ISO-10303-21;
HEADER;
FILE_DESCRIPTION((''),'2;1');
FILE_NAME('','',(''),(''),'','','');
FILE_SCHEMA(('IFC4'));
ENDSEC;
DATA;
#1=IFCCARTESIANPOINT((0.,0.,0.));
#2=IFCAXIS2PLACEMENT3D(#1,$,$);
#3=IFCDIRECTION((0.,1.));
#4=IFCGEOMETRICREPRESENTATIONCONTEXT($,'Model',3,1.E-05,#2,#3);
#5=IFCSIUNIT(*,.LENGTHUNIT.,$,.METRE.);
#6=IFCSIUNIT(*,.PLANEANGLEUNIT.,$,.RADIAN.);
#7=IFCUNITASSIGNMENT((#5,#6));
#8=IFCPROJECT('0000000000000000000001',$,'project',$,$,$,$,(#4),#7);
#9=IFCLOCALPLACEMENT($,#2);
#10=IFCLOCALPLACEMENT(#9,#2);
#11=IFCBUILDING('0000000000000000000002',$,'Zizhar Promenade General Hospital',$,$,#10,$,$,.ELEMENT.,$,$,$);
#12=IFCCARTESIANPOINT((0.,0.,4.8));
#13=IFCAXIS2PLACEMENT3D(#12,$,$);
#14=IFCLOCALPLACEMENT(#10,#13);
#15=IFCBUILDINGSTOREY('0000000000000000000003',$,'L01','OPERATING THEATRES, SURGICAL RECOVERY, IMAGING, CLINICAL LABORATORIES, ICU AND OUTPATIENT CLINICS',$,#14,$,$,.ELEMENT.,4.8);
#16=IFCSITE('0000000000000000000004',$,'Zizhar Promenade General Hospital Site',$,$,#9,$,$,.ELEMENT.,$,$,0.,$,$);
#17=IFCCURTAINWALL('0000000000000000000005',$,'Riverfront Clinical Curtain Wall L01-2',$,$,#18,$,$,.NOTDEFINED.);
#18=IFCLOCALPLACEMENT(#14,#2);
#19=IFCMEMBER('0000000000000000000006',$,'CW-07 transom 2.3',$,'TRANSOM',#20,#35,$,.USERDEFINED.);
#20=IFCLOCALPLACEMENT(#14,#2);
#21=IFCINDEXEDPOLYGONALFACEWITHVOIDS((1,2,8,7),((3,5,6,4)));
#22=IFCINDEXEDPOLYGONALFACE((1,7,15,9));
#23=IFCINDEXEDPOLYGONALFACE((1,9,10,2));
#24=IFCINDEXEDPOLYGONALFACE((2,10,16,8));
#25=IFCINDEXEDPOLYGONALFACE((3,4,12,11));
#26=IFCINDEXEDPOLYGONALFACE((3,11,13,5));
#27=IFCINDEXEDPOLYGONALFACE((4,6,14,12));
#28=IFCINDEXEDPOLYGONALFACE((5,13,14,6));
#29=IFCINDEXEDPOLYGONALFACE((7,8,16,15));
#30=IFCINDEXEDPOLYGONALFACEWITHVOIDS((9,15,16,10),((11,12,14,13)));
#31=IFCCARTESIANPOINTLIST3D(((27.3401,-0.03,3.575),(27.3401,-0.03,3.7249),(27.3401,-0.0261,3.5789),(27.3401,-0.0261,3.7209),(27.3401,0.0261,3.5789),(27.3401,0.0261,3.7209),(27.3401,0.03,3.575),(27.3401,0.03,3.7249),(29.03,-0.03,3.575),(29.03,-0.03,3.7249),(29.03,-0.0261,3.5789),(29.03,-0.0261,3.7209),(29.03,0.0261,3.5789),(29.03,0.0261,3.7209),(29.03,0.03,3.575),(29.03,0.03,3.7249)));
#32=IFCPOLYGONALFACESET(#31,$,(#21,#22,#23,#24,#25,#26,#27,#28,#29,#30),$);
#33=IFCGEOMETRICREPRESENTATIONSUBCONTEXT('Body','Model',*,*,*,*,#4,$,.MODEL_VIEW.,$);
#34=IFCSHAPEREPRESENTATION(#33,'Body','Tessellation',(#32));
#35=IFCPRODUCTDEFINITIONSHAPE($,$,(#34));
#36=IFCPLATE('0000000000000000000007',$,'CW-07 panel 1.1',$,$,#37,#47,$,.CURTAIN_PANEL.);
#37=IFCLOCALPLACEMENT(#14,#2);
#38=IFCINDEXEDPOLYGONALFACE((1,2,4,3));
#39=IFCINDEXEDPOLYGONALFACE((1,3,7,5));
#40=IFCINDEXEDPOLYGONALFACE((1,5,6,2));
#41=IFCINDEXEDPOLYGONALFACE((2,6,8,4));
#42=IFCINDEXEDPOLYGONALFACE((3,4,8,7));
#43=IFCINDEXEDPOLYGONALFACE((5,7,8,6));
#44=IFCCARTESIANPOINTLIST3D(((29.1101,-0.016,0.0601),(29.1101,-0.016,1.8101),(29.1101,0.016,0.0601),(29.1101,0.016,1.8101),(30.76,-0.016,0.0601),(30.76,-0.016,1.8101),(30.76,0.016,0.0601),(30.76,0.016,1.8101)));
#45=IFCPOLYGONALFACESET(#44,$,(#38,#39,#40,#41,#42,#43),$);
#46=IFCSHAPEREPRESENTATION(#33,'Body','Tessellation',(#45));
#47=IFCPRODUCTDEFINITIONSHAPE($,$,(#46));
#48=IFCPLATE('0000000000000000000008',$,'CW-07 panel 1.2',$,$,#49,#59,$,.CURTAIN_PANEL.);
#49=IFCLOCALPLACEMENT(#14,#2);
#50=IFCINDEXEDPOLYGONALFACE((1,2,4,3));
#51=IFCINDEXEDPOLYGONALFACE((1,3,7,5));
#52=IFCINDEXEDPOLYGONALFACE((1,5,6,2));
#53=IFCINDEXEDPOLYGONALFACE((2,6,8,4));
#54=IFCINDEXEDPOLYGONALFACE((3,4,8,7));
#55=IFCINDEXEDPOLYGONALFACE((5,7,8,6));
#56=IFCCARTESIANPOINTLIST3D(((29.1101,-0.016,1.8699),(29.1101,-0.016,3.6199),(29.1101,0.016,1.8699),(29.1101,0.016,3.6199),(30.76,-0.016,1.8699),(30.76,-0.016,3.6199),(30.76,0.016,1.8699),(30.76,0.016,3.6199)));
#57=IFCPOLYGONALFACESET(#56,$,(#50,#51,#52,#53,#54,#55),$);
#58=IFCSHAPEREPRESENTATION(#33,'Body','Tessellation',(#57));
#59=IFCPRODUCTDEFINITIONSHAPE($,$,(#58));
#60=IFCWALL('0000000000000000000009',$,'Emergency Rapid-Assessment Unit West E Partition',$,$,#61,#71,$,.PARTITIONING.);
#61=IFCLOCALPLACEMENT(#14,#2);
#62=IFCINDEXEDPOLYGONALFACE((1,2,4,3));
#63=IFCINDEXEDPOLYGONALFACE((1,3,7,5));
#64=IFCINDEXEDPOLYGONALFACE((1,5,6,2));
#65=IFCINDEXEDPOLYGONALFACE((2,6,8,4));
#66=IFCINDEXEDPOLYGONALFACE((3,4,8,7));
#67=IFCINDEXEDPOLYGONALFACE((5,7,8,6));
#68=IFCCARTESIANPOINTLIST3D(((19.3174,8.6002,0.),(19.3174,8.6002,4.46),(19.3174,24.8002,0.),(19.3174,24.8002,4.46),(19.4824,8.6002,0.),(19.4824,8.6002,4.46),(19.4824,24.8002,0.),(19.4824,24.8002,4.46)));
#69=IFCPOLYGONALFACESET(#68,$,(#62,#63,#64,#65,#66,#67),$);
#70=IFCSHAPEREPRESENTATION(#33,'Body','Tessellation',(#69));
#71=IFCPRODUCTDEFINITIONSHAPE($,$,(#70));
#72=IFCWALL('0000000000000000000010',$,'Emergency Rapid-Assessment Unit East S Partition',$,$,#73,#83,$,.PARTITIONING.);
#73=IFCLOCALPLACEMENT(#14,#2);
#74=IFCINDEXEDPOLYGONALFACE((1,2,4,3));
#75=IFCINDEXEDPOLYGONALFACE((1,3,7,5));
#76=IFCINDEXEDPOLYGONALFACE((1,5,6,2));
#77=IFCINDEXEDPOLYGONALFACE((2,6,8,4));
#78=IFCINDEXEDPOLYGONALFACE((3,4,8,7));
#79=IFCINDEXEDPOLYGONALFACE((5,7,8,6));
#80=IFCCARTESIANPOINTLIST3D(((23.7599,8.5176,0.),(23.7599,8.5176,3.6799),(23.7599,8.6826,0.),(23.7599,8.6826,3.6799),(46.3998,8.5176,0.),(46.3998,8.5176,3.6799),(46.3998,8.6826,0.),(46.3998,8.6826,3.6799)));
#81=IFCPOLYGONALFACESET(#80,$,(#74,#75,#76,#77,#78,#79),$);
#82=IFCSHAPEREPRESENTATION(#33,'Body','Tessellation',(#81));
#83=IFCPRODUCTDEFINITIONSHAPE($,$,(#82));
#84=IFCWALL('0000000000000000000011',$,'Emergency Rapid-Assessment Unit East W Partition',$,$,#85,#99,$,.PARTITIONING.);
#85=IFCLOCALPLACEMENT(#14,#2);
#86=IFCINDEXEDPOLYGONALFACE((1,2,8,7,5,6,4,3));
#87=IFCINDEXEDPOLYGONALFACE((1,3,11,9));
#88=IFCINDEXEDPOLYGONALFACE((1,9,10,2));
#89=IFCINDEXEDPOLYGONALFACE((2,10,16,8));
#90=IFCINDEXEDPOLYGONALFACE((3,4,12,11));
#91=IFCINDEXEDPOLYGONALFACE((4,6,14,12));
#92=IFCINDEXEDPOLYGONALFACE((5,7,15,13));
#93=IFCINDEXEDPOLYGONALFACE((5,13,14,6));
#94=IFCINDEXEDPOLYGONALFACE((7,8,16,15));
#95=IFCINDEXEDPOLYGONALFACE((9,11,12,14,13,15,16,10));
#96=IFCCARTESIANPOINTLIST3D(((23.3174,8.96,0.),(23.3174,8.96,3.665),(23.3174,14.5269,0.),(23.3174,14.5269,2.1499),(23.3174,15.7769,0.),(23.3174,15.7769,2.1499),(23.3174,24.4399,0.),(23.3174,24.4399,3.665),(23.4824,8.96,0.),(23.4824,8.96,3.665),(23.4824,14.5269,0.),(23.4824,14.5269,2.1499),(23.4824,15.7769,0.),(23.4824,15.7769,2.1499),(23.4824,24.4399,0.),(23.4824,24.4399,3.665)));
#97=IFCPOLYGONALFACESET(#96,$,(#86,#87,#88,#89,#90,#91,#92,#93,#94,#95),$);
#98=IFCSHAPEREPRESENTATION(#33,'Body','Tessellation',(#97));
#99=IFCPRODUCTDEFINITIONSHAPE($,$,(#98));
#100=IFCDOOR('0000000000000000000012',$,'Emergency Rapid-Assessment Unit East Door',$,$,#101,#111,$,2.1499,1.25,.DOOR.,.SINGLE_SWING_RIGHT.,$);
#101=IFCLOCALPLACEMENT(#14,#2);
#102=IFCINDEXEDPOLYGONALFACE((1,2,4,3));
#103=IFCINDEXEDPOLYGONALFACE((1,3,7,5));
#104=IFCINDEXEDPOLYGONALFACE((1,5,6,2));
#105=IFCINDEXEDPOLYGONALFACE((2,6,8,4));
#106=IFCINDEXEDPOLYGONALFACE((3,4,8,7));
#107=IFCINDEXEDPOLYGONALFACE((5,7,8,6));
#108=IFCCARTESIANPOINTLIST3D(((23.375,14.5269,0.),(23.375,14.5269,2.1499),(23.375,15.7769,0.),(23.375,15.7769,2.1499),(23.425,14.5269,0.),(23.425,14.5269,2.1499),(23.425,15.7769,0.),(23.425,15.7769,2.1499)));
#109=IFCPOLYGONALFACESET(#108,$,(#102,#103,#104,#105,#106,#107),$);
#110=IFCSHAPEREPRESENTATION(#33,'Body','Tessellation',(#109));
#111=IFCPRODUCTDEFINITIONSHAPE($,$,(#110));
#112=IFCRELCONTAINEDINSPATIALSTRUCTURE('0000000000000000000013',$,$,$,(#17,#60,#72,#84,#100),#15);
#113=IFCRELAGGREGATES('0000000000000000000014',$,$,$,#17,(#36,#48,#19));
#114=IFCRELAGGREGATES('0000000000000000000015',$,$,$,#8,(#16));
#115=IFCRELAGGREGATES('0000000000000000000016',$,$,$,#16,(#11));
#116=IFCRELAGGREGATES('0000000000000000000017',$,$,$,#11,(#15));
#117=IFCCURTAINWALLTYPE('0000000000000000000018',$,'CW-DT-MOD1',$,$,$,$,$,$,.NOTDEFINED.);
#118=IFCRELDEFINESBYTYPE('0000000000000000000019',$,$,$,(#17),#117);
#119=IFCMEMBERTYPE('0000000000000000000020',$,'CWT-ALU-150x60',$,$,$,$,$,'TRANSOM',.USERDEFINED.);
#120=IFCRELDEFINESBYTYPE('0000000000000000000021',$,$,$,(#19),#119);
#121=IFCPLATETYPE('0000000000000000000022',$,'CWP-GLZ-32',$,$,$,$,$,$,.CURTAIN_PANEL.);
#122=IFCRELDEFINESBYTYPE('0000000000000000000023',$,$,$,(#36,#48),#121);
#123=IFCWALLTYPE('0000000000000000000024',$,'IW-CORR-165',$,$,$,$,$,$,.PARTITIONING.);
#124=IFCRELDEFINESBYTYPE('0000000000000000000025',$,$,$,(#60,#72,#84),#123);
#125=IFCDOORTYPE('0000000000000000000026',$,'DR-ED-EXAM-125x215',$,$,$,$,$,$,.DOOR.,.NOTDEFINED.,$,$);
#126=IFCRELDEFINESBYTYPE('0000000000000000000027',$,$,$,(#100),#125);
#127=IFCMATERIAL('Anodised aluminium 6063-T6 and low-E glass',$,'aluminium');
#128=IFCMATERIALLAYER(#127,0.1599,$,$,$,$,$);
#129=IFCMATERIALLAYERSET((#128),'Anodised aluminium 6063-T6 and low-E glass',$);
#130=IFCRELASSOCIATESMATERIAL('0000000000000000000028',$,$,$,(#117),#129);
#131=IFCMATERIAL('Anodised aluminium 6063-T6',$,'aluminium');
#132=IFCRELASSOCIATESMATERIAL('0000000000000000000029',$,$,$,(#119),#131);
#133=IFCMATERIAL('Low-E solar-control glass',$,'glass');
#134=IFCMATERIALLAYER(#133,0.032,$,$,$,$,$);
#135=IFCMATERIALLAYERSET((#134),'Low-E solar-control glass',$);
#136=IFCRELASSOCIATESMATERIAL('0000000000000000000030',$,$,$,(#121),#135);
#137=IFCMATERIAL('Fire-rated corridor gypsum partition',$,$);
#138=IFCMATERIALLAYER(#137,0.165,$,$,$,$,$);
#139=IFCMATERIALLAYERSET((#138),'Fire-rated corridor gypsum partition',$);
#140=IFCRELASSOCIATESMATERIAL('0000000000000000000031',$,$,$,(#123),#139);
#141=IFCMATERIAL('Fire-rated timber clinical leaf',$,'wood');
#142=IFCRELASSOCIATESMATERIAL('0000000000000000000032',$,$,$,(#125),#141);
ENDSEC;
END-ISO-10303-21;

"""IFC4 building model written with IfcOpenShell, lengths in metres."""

from ifc_helpers import new_model, si_unit, direction, frame, frame_2d, origin, origin_2d, place, context, subcontext, project, spatial, rectangle, hollow_rectangle, extrude, material, layer, layer_set, material_profile, profile_set, type_object, element, fill, aggregate, save


model = new_model("IFC4")

# Units and contexts
model_context = context("Model", 3, precision=1e-05, world=origin(), true_north=direction((0.0, 1.0)))
body_context = subcontext(model_context, "Body", "Model", "MODEL_VIEW")
ifc_project = project(units=[si_unit("LENGTHUNIT", "METRE"), si_unit("PLANEANGLEUNIT", "RADIAN")], contexts=[model_context])

# Site, building, storey
site_placement = place(None, origin())
site = spatial("IfcSite", under=ifc_project, at=site_placement, Name="Zizhar Promenade General Hospital Site", CompositionType="ELEMENT", RefElevation=0.0)
building_placement = place(site_placement, origin())
building = spatial("IfcBuilding", under=site, at=building_placement, Name="Zizhar Promenade General Hospital", CompositionType="ELEMENT")
storey_placement = place(building_placement, frame((0.0, 0.0, 4.8)))
storey = spatial("IfcBuildingStorey", under=building, at=storey_placement, Name="L01", Description="OPERATING THEATRES, SURGICAL RECOVERY, IMAGING, CLINICAL LABORATORIES, ICU AND OUTPATIENT CLINICS", CompositionType="ELEMENT", Elevation=4.8)

# Curtain wall, member, plates
ifc_material_1 = material(Name="Anodised aluminium 6063-T6 and low-E glass", Category="aluminium")
ifc_layer_1 = layer(ifc_material_1, 0.1599)
ifc_layer_set_1 = layer_set([ifc_layer_1], Name="Anodised aluminium 6063-T6 and low-E glass")
curtain_wall_type = type_object("IfcCurtainWallType", Name="CW-DT-MOD1", PredefinedType="NOTDEFINED", material=ifc_layer_set_1)
curtain_wall_placement = place(storey_placement, origin())
curtain_wall = element("IfcCurtainWall", 1, at=curtain_wall_placement, inside=storey, type_object=curtain_wall_type, Name="Riverfront Clinical Curtain Wall L01-2", PredefinedType="NOTDEFINED")
ifc_material_2 = material(Name="Anodised aluminium 6063-T6", Category="aluminium")
ifc_material_profile_1 = material_profile(ifc_material_2, hollow_rectangle(XDim=0.0601, YDim=0.1499, WallThickness=0.0039, at=origin_2d()))
ifc_profile_set_1 = profile_set([ifc_material_profile_1], Name="Anodised aluminium 6063-T6")
member_type_1 = type_object("IfcMemberType", Name="CWT-ALU-150x60", ElementType="TRANSOM", PredefinedType="USERDEFINED", material=ifc_profile_set_1)
member_1_placement = place(storey_placement, frame((29.03, 0.0, 3.6499), z_axis=(-1.0, 0.0, 0.0), x_axis=(0.0, -1.0, 0.0)))
member_1 = element("IfcMember", 2, at=member_1_placement, type_object=member_type_1, Name="CW-07 transom 2.3", ObjectType="TRANSOM", PredefinedType="USERDEFINED", context=body_context, shape_type="SweptSolid", body=[
    extrude(hollow_rectangle(XDim=0.0601, YDim=0.1499, WallThickness=0.0039, at=origin_2d()), origin(), (0.0, 0.0, 1.0), 1.6899),
])
ifc_material_3 = material(Name="Low-E solar-control glass", Category="glass")
ifc_layer_2 = layer(ifc_material_3, 0.032)
ifc_layer_set_2 = layer_set([ifc_layer_2], Name="Low-E solar-control glass")
plate_type = type_object("IfcPlateType", Name="CWP-GLZ-32", PredefinedType="CURTAIN_PANEL", material=ifc_layer_set_2)
plate_1_placement = place(storey_placement, frame((29.9351, 0.0, 0.0601), z_axis=(0.0, 0.0, 1.0), x_axis=(-1.0, 0.0, 0.0)))
plate_1 = element("IfcPlate", 3, at=plate_1_placement, type_object=plate_type, Name="CW-07 panel 1.1", PredefinedType="CURTAIN_PANEL", context=body_context, shape_type="SweptSolid", body=[
    extrude(rectangle(XDim=1.6499, YDim=0.032, at=origin_2d()), origin(), (0.0, 0.0, 1.0), 1.75),
])
plate_2_placement = place(storey_placement, frame((29.9351, 0.0, 1.8699), z_axis=(0.0, 0.0, 1.0), x_axis=(-1.0, 0.0, 0.0)))
plate_2 = element("IfcPlate", 4, at=plate_2_placement, type_object=plate_type, Name="CW-07 panel 1.2", PredefinedType="CURTAIN_PANEL", context=body_context, shape_type="SweptSolid", body=[
    extrude(rectangle(XDim=1.6499, YDim=0.032, at=origin_2d()), origin(), (0.0, 0.0, 1.0), 1.75),
])
aggregate(curtain_wall, [plate_1, plate_2, member_1])

# Walls
ifc_material_4 = material(Name="Fire-rated corridor gypsum partition")
ifc_layer_3 = layer(ifc_material_4, 0.165)
ifc_layer_set_3 = layer_set([ifc_layer_3], Name="Fire-rated corridor gypsum partition")
wall_type = type_object("IfcWallType", Name="IW-CORR-165", PredefinedType="PARTITIONING", material=ifc_layer_set_3)
wall_1_placement = place(storey_placement, frame((19.3999, 8.6001, 0.0), z_axis=(0.0, 0.0, 1.0), x_axis=(0.0, 1.0, 0.0)))
element("IfcWall", 5, at=wall_1_placement, inside=storey, type_object=wall_type, Name="Emergency Rapid-Assessment Unit West E Partition", PredefinedType="PARTITIONING", context=body_context, shape_type="SweptSolid", body=[
    extrude(rectangle(XDim=16.2, YDim=0.165, at=frame_2d((8.1001, 0.0))), origin(), (0.0, 0.0, 1.0), 4.46),
])
wall_2_placement = place(storey_placement, frame((23.76, 8.6001, 0.0), z_axis=(0.0, 0.0, 1.0), x_axis=(1.0, 0.0, 0.0)))
element("IfcWall", 6, at=wall_2_placement, inside=storey, type_object=wall_type, Name="Emergency Rapid-Assessment Unit East S Partition", PredefinedType="PARTITIONING", context=body_context, shape_type="SweptSolid", body=[
    extrude(rectangle(XDim=22.6399, YDim=0.165, at=frame_2d((11.3198, 0.0))), origin(), (0.0, 0.0, 1.0), 3.6799),
])

# Wall, opening, door
wall_3_placement = place(storey_placement, frame((23.3999, 8.96, 0.0), z_axis=(0.0, 0.0, 1.0), x_axis=(0.0, 1.0, 0.0)))
wall_3 = element("IfcWall", 7, at=wall_3_placement, inside=storey, type_object=wall_type, Name="Emergency Rapid-Assessment Unit East W Partition", PredefinedType="PARTITIONING", context=body_context, shape_type="SweptSolid", body=[
    extrude(rectangle(XDim=15.48, YDim=0.165, at=frame_2d((7.74, 0.0))), origin(), (0.0, 0.0, 1.0), 3.665),
])
opening_placement = place(wall_3_placement, frame((5.5669, 0.0, 0.0)))
opening = element("IfcOpeningElement", 8, at=opening_placement, cuts=wall_3, PredefinedType="OPENING", context=body_context, shape_type="SweptSolid", body=[
    extrude(rectangle(XDim=1.25, YDim=2.1499, at=frame_2d((0.625, 1.075))), frame((0.0, 0.0925, 0.0), z_axis=(0.0, -1.0, 0.0), x_axis=(1.0, 0.0, 0.0)), (0.0, 0.0, 1.0), 0.1851),
])
ifc_material_5 = material(Name="Fire-rated timber clinical leaf", Category="wood")
door_type = type_object("IfcDoorType", Name="DR-ED-EXAM-125x215", OperationType="NOTDEFINED", PredefinedType="DOOR", material=ifc_material_5)
door_placement = place(opening_placement, origin())
door = element("IfcDoor", 9, at=door_placement, inside=storey, type_object=door_type, Name="Emergency Rapid-Assessment Unit East Door", OperationType="SINGLE_SWING_RIGHT", OverallHeight=2.1499, OverallWidth=1.25, PredefinedType="DOOR", context=body_context, shape_type="SweptSolid", body=[
    extrude(rectangle(XDim=1.25, YDim=2.1499, at=frame_2d((0.625, 1.075))), frame((0.0, 0.0249, 0.0), z_axis=(0.0, -1.0, 0.0), x_axis=(1.0, 0.0, 0.0)), (0.0, 0.0, 1.0), 0.05),
])
fill(opening, door)

save(model, "model.ifc")
